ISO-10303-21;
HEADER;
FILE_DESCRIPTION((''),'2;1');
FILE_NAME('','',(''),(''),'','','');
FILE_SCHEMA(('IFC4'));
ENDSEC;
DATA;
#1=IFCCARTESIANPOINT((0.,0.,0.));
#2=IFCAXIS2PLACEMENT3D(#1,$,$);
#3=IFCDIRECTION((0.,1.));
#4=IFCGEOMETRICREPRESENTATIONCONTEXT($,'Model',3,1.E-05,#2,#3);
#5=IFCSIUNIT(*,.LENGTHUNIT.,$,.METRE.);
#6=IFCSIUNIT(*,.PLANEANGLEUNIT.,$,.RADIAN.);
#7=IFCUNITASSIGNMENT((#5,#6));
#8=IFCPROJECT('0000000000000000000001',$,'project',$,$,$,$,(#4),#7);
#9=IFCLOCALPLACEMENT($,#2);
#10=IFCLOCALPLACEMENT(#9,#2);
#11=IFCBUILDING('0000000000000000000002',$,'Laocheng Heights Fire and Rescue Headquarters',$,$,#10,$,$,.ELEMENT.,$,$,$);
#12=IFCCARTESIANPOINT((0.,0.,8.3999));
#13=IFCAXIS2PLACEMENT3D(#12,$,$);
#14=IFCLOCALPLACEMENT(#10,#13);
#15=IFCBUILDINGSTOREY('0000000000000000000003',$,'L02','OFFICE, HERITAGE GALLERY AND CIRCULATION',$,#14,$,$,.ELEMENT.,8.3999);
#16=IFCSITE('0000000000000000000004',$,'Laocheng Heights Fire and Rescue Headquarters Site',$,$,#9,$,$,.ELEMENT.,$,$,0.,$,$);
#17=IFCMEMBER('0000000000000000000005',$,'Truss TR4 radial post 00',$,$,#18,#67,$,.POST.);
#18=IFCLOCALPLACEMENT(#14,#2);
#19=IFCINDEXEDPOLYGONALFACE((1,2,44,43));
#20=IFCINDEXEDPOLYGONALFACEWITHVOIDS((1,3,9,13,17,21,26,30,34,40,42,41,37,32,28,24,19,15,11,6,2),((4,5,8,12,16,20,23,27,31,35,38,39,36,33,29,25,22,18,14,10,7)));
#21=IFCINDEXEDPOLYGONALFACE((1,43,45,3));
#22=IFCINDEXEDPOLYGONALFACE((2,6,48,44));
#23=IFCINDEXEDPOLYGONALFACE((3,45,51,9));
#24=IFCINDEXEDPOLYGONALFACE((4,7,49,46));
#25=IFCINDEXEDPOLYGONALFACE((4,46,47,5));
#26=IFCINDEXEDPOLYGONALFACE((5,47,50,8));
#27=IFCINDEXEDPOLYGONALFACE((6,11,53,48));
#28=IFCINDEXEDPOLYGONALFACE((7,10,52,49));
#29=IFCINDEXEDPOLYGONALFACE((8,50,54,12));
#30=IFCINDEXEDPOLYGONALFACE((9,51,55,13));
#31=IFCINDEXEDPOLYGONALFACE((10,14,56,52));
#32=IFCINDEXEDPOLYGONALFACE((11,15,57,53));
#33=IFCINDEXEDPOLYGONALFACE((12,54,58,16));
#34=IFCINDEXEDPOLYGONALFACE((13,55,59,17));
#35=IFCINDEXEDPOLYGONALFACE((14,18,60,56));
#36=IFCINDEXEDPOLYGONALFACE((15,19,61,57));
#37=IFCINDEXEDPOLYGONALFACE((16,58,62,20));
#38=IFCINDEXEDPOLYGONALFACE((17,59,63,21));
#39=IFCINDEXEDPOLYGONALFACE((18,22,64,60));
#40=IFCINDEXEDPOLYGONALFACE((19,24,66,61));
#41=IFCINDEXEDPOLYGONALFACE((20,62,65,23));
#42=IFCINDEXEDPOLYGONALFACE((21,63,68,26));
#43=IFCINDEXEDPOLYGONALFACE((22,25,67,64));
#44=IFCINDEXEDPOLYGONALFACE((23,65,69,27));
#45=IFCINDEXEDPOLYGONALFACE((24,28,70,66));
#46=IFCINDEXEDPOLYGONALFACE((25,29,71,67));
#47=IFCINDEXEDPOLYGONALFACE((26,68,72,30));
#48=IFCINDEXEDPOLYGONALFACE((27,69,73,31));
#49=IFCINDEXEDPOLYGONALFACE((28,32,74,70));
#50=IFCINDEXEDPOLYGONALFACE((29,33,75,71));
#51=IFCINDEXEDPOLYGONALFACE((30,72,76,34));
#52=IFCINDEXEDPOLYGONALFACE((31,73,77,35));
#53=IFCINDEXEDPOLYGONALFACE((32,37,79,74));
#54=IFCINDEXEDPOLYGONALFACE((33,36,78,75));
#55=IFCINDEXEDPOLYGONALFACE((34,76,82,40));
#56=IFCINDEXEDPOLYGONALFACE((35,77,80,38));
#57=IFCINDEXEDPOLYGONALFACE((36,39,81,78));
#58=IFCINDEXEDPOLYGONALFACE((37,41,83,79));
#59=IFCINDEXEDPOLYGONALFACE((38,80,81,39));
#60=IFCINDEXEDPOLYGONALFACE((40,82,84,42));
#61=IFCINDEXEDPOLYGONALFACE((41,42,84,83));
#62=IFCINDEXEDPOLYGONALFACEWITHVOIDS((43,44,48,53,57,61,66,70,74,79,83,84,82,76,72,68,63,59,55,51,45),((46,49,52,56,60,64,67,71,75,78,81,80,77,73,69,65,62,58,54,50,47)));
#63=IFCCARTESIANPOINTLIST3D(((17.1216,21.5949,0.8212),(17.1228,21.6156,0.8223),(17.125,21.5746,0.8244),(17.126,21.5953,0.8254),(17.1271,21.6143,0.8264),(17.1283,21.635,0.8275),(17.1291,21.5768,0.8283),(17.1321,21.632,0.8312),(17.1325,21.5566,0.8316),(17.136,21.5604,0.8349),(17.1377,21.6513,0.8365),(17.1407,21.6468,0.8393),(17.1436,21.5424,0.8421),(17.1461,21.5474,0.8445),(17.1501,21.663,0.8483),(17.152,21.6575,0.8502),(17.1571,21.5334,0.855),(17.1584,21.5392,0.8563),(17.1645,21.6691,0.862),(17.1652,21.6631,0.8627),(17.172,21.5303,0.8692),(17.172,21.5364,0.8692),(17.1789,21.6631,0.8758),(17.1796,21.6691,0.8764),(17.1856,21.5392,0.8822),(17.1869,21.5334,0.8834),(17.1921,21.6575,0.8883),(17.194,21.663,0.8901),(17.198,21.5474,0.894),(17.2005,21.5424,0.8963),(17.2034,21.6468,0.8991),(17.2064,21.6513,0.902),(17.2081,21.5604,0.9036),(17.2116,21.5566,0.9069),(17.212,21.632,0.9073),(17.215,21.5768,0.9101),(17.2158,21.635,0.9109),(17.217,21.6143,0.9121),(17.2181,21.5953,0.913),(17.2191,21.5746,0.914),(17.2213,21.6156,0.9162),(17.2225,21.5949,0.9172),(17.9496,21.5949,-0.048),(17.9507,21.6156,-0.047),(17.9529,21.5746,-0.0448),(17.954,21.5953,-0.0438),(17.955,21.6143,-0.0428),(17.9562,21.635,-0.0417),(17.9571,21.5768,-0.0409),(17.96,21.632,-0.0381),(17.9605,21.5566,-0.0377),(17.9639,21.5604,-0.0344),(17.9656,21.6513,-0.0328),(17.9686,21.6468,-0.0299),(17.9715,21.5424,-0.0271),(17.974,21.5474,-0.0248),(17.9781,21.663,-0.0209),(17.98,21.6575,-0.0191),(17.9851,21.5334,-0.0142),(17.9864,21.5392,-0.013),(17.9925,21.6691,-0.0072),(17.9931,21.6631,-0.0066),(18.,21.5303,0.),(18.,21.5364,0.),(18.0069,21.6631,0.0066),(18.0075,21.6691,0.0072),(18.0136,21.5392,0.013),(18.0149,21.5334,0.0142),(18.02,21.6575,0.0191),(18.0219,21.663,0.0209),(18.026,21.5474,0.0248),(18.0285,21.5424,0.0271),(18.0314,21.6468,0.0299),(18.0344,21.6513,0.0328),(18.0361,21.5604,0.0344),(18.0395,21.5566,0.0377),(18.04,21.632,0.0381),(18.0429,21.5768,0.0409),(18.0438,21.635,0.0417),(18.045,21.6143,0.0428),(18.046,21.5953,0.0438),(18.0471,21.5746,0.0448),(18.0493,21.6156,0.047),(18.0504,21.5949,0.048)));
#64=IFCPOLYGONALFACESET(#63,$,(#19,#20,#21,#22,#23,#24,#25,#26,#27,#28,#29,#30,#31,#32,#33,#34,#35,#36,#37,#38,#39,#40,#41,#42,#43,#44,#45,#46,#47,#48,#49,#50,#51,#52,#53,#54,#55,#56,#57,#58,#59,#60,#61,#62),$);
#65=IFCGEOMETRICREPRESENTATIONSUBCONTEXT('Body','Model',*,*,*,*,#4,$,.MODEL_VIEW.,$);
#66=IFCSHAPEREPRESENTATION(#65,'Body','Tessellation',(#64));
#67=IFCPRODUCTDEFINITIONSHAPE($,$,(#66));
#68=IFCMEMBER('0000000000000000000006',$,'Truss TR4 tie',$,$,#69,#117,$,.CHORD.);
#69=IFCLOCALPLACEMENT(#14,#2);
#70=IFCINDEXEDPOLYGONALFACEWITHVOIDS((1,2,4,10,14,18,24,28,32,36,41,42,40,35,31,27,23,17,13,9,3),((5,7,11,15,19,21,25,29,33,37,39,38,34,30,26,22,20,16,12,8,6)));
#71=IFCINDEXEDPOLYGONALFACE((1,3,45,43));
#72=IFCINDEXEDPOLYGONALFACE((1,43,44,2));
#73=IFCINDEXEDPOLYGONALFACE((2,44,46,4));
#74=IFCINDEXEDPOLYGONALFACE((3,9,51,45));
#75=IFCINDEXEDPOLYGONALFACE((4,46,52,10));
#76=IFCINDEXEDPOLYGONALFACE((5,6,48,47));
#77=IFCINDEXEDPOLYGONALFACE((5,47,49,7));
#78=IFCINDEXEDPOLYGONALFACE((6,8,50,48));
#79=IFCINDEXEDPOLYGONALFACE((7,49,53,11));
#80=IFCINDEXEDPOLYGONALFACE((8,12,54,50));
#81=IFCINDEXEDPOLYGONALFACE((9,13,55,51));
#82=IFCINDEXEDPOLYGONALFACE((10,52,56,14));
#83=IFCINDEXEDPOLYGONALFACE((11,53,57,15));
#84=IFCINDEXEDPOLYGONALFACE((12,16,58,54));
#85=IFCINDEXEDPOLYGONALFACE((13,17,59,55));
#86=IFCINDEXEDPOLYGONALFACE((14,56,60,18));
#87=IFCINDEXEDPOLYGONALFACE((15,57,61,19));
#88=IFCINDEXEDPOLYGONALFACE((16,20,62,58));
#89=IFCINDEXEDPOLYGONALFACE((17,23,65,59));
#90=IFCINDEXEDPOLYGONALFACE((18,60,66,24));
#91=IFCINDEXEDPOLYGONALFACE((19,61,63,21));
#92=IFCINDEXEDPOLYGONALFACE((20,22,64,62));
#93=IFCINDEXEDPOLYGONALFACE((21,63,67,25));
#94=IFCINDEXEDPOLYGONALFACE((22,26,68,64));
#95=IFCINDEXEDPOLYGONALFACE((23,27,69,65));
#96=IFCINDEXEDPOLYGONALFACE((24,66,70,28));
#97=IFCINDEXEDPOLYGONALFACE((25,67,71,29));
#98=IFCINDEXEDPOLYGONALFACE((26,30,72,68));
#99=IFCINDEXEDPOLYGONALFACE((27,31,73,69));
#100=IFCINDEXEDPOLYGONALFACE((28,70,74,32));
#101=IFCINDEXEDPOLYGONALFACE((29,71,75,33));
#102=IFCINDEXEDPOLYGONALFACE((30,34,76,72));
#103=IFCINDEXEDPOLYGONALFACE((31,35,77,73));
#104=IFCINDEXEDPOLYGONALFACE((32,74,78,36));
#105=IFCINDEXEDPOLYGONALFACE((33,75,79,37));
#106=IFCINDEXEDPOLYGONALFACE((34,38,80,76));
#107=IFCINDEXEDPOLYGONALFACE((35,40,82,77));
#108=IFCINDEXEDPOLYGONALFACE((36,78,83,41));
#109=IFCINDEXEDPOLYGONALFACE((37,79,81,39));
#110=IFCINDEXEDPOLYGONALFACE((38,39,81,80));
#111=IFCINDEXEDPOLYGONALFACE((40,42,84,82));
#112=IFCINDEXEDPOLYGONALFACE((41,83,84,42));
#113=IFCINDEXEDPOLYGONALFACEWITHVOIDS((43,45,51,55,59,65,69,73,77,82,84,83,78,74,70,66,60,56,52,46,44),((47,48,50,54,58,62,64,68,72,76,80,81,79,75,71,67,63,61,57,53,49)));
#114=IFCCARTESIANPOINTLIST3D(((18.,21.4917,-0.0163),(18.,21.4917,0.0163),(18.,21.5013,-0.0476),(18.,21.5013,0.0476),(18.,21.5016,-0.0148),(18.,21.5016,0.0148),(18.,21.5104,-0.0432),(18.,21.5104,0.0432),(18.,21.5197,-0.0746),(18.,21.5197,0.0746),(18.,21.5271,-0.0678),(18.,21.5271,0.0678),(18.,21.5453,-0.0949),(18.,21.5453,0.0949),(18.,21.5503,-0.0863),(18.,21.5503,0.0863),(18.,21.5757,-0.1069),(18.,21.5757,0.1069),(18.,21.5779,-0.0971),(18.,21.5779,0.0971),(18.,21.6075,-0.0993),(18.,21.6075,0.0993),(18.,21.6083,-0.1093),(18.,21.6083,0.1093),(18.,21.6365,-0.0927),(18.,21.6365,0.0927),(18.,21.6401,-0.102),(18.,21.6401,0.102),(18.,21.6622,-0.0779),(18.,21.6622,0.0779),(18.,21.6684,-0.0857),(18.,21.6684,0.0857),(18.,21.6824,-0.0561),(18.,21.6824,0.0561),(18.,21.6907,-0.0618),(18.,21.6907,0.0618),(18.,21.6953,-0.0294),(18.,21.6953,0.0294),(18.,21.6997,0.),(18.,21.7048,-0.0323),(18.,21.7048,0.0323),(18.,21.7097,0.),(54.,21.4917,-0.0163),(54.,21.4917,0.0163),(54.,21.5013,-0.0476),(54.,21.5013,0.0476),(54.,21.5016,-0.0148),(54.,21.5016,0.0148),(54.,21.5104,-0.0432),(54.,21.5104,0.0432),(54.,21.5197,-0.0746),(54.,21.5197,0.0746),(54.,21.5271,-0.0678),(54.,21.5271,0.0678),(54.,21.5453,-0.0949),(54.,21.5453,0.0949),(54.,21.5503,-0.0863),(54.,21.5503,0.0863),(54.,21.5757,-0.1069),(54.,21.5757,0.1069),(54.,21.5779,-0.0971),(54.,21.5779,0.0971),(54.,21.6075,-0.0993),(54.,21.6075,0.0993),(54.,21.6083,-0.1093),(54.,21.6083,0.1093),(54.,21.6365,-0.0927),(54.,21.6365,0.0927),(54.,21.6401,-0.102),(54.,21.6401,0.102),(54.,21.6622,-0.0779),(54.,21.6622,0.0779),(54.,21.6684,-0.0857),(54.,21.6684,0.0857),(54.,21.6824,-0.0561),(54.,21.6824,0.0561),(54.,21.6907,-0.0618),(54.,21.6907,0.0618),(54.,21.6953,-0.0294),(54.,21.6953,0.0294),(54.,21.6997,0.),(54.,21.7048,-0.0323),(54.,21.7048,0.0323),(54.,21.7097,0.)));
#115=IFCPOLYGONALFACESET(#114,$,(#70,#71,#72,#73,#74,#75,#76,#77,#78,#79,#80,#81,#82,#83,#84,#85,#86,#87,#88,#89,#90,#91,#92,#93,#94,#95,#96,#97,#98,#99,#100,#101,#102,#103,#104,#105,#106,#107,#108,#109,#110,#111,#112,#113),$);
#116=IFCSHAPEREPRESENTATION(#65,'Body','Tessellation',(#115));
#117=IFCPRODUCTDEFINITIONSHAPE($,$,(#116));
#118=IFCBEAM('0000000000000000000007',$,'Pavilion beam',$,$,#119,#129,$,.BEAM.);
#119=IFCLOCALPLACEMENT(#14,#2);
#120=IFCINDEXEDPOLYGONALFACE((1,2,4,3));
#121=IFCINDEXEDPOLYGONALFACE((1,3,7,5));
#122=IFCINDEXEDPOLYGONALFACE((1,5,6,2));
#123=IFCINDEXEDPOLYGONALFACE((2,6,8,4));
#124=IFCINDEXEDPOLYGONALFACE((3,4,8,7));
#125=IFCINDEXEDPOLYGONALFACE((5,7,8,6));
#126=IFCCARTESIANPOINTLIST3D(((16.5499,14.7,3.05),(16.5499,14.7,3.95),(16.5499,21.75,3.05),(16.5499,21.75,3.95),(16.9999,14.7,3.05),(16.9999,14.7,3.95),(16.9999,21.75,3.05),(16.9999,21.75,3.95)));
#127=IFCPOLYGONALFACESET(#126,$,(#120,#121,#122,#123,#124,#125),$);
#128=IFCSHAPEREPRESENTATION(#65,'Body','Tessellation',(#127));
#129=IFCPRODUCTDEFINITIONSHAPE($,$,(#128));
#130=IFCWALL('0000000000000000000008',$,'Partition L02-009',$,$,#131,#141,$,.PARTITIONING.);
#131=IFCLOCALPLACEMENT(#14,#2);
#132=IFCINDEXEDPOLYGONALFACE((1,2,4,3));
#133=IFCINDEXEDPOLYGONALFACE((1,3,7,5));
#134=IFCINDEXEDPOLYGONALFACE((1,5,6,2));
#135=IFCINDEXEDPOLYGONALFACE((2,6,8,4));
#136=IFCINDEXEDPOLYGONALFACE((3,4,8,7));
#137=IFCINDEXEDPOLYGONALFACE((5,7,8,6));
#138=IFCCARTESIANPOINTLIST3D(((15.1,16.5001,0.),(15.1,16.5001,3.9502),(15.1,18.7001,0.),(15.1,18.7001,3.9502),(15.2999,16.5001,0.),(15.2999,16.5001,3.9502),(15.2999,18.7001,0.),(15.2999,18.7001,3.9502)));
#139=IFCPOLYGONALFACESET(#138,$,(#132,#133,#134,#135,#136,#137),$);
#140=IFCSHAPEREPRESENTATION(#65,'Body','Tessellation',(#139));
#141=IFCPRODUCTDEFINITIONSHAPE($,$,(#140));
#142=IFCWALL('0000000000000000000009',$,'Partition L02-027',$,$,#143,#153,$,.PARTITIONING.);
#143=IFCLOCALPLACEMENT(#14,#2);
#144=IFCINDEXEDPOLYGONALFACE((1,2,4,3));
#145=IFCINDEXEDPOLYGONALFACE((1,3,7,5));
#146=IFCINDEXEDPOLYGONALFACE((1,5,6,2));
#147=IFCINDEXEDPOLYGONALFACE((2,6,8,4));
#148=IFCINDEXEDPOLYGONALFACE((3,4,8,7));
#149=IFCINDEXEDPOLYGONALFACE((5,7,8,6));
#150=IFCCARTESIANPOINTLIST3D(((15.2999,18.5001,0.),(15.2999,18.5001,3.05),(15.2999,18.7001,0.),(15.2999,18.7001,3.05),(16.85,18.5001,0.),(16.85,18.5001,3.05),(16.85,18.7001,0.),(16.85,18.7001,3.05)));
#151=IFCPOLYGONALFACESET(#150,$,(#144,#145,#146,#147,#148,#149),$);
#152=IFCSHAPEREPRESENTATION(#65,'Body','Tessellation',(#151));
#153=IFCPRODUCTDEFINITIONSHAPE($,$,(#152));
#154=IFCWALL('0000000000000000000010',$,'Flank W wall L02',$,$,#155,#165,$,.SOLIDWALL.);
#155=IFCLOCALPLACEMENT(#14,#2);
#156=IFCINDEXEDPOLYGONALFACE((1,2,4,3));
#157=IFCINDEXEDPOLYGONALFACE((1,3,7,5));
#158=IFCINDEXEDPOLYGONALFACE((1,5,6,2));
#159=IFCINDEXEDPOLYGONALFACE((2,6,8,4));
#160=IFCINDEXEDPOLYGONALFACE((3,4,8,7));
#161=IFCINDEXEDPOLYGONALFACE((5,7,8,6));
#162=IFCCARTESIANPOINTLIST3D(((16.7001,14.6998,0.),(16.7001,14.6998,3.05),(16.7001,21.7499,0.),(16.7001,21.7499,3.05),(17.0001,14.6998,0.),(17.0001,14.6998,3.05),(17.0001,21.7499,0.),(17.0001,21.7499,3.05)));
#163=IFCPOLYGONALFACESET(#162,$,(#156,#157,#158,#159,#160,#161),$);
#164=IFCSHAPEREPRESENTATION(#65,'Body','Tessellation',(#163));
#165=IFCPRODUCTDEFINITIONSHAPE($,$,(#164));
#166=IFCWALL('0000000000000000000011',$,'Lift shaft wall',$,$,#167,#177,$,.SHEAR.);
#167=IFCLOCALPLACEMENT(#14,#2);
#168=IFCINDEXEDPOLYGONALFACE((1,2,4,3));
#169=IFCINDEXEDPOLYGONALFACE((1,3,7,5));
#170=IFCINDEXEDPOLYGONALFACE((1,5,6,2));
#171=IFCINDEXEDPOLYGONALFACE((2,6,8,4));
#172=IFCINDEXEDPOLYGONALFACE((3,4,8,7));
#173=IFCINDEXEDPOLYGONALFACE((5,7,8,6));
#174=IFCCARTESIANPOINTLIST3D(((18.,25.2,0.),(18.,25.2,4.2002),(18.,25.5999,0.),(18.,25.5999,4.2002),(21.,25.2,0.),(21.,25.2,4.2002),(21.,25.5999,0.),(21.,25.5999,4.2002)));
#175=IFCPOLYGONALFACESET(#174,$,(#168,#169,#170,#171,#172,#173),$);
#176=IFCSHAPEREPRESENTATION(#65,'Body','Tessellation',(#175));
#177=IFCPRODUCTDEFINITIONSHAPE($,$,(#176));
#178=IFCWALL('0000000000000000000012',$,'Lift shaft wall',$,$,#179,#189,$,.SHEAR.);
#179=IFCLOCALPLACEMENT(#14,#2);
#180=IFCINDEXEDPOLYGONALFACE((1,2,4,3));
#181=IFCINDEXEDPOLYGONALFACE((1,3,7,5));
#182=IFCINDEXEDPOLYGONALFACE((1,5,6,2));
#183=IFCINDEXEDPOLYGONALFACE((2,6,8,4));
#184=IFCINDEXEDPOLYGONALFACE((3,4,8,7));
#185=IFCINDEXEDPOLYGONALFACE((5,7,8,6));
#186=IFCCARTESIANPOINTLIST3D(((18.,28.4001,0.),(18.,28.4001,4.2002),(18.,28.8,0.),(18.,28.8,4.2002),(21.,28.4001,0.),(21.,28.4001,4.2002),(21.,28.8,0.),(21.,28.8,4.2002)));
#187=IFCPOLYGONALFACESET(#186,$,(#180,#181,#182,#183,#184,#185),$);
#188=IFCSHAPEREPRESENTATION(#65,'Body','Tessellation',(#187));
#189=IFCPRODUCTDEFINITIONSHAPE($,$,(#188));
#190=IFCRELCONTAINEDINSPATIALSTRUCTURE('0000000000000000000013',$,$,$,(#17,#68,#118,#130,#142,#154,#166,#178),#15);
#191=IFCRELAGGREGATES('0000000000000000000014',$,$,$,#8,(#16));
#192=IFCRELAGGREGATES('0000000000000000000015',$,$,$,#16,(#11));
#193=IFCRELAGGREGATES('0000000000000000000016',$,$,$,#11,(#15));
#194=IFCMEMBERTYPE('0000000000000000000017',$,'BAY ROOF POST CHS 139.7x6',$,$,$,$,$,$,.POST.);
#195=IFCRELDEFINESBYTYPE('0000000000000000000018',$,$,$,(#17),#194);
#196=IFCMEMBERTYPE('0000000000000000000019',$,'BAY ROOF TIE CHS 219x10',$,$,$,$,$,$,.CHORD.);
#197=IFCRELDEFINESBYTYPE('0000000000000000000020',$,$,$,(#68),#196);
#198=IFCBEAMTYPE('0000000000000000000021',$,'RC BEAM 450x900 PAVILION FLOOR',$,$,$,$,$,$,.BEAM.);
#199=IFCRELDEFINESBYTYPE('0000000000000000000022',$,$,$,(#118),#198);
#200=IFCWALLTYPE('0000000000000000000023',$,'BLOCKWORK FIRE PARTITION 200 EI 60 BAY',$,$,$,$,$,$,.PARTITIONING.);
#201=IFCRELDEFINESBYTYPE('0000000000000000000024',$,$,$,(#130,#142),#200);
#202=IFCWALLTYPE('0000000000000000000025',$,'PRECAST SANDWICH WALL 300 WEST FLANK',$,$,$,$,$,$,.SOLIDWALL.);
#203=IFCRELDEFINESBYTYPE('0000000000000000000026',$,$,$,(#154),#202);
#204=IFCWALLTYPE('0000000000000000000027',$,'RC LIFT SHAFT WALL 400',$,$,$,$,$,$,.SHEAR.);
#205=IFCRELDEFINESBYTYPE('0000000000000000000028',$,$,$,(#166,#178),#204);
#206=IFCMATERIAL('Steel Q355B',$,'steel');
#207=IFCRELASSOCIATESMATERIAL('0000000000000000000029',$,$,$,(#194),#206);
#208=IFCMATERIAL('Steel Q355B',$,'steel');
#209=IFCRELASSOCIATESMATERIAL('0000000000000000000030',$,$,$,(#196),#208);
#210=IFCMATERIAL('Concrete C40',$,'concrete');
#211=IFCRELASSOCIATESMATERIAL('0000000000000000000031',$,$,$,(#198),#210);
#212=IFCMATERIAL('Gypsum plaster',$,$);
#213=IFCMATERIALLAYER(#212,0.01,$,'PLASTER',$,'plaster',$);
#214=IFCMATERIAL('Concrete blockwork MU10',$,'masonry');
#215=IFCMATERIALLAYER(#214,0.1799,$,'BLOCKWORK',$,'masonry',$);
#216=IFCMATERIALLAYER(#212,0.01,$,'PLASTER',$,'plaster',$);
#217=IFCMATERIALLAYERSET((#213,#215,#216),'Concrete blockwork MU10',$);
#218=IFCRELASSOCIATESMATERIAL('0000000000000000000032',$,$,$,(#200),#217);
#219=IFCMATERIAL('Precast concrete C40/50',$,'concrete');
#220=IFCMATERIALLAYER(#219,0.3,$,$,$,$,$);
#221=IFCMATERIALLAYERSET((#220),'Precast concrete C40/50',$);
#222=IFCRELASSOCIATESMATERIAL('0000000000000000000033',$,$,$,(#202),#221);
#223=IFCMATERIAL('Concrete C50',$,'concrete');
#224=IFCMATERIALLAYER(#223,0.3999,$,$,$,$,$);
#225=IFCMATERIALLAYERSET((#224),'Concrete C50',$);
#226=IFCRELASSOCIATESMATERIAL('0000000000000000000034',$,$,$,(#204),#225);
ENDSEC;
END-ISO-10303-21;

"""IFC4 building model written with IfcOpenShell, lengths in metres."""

from ifc_helpers import new_model, si_unit, direction, frame, frame_2d, origin, origin_2d, place, context, subcontext, project, spatial, rectangle, hollow_circle, extrude, material, layer, layer_set, material_profile, profile_set, type_object, element, save


model = new_model("IFC4")

# Units and contexts
model_context = context("Model", 3, precision=1e-05, world=origin(), true_north=direction((0.0, 1.0)))
body_context = subcontext(model_context, "Body", "Model", "MODEL_VIEW")
ifc_project = project(units=[si_unit("LENGTHUNIT", "METRE"), si_unit("PLANEANGLEUNIT", "RADIAN")], contexts=[model_context])

# Site, building, storey
site_placement = place(None, origin())
site = spatial("IfcSite", under=ifc_project, at=site_placement, Name="Laocheng Heights Fire and Rescue Headquarters Site", CompositionType="ELEMENT", RefElevation=0.0)
building_placement = place(site_placement, origin())
building = spatial("IfcBuilding", under=site, at=building_placement, Name="Laocheng Heights Fire and Rescue Headquarters", CompositionType="ELEMENT")
storey_placement = place(building_placement, frame((0.0, 0.0, 8.3999)))
storey = spatial("IfcBuildingStorey", under=building, at=storey_placement, Name="L02", Description="OFFICE, HERITAGE GALLERY AND CIRCULATION", CompositionType="ELEMENT", Elevation=8.3999)

# Members
ifc_material_1 = material(Name="Steel Q355B", Category="steel")
ifc_material_profile_1 = material_profile(ifc_material_1, hollow_circle(Radius=0.0698, WallThickness=0.0061, at=origin_2d()), Name="CHS 139.7x6")
ifc_profile_set_1 = profile_set([ifc_material_profile_1], Name="Steel Q355B")
member_type_1 = type_object("IfcMemberType", Name="BAY ROOF POST CHS 139.7x6", PredefinedType="POST", material=ifc_profile_set_1)
for number, where, z_axis, x_axis, name in (
    (1, (18.0, 21.6001, 0.0), (-0.689711, 0.0, 0.724085), (0.0, -1.0, 0.0), "Truss TR4 radial post 00"),
):
    element("IfcMember", number, at=place(storey_placement, frame(where, z_axis=z_axis, x_axis=x_axis)), inside=storey, type_object=member_type_1, Name=name, PredefinedType="POST", context=body_context, shape_type="SweptSolid", body=[
        extrude(hollow_circle(Radius=0.0698, WallThickness=0.0061, at=origin_2d()), origin(), (0.0, 0.0, 1.0), 1.2004),
    ])
ifc_material_2 = material(Name="Steel Q355B", Category="steel")
ifc_material_profile_2 = material_profile(ifc_material_2, hollow_circle(Radius=0.1096, WallThickness=0.01, at=origin_2d()), Name="CHS 219x10")
ifc_profile_set_2 = profile_set([ifc_material_profile_2], Name="Steel Q355B")
member_type_2 = type_object("IfcMemberType", Name="BAY ROOF TIE CHS 219x10", PredefinedType="CHORD", material=ifc_profile_set_2)
member_1_placement = place(storey_placement, frame((18.0, 21.6001, 0.0), z_axis=(1.0, 0.0, 0.0), x_axis=(0.0, 1.0, 0.0)))
element("IfcMember", 2, at=member_1_placement, inside=storey, type_object=member_type_2, Name="Truss TR4 tie", PredefinedType="CHORD", context=body_context, shape_type="SweptSolid", body=[
    extrude(hollow_circle(Radius=0.1096, WallThickness=0.01, at=origin_2d()), origin(), (0.0, 0.0, 1.0), 36.0),
])

# Beam
ifc_material_3 = material(Name="Concrete C40", Category="concrete")
ifc_material_profile_3 = material_profile(ifc_material_3, rectangle(XDim=0.45, YDim=0.8999, at=origin_2d()), Name="RC BEAM 450x900 PAVILION FLOOR")
ifc_profile_set_3 = profile_set([ifc_material_profile_3], Name="Concrete C40")
beam_type = type_object("IfcBeamType", Name="RC BEAM 450x900 PAVILION FLOOR", PredefinedType="BEAM", material=ifc_profile_set_3)
beam_placement = place(storey_placement, frame((16.7749, 14.7, 3.5), z_axis=(0.0, 1.0, 0.0), x_axis=(-1.0, 0.0, 0.0)))
element("IfcBeam", 3, at=beam_placement, inside=storey, type_object=beam_type, Name="Pavilion beam", PredefinedType="BEAM", context=body_context, shape_type="SweptSolid", body=[
    extrude(rectangle(XDim=0.45, YDim=0.8999, at=origin_2d()), origin(), (0.0, 0.0, 1.0), 7.05),
])

# Walls
ifc_material_4 = material(Name="Gypsum plaster")
ifc_layer_1 = layer(ifc_material_4, 0.01, Name="PLASTER", Category="plaster")
ifc_material_5 = material(Name="Concrete blockwork MU10", Category="masonry")
ifc_layer_2 = layer(ifc_material_5, 0.1799, Name="BLOCKWORK", Category="masonry")
ifc_layer_3 = layer(ifc_material_4, 0.01, Name="PLASTER", Category="plaster")
ifc_layer_set_1 = layer_set([ifc_layer_1, ifc_layer_2, ifc_layer_3], Name="Concrete blockwork MU10")
wall_type_1 = type_object("IfcWallType", Name="BLOCKWORK FIRE PARTITION 200 EI 60 BAY", PredefinedType="PARTITIONING", material=ifc_layer_set_1)
wall_1_placement = place(storey_placement, frame((15.2, 16.5, 0.0), z_axis=(0.0, 0.0, 1.0), x_axis=(0.0, 1.0, 0.0)))
element("IfcWall", 4, at=wall_1_placement, inside=storey, type_object=wall_type_1, Name="Partition L02-009", PredefinedType="PARTITIONING", context=body_context, shape_type="SweptSolid", body=[
    extrude(rectangle(XDim=2.2, YDim=0.2, at=frame_2d((1.1001, 0.0))), origin(), (0.0, 0.0, 1.0), 3.9502),
])
wall_2_placement = place(storey_placement, frame((15.3, 18.6001, 0.0), z_axis=(0.0, 0.0, 1.0), x_axis=(1.0, 0.0, 0.0)))
element("IfcWall", 5, at=wall_2_placement, inside=storey, type_object=wall_type_1, Name="Partition L02-027", PredefinedType="PARTITIONING", context=body_context, shape_type="SweptSolid", body=[
    extrude(rectangle(XDim=1.55, YDim=0.2, at=frame_2d((0.7749, 0.0))), origin(), (0.0, 0.0, 1.0), 3.05),
])
ifc_material_6 = material(Name="Precast concrete C40/50", Category="concrete")
ifc_layer_4 = layer(ifc_material_6, 0.3)
ifc_layer_set_2 = layer_set([ifc_layer_4], Name="Precast concrete C40/50")
wall_type_2 = type_object("IfcWallType", Name="PRECAST SANDWICH WALL 300 WEST FLANK", PredefinedType="SOLIDWALL", material=ifc_layer_set_2)
wall_3_placement = place(storey_placement, frame((16.8501, 14.7, 0.0), z_axis=(0.0, 0.0, 1.0), x_axis=(0.0, 1.0, 0.0)))
element("IfcWall", 6, at=wall_3_placement, inside=storey, type_object=wall_type_2, Name="Flank W wall L02", PredefinedType="SOLIDWALL", context=body_context, shape_type="SweptSolid", body=[
    extrude(rectangle(XDim=7.05, YDim=0.3, at=frame_2d((3.5249, 0.0))), origin(), (0.0, 0.0, 1.0), 3.05),
])
ifc_material_7 = material(Name="Concrete C50", Category="concrete")
ifc_layer_5 = layer(ifc_material_7, 0.3999)
ifc_layer_set_3 = layer_set([ifc_layer_5], Name="Concrete C50")
wall_type_3 = type_object("IfcWallType", Name="RC LIFT SHAFT WALL 400", PredefinedType="SHEAR", material=ifc_layer_set_3)
for number, where, z_axis, x_axis, name in (
    (7, (18.0, 25.3999, 0.0), (0.0, 0.0, 1.0), (1.0, 0.0, 0.0), "Lift shaft wall"),
    (8, (18.0, 28.6001, 0.0), (0.0, 0.0, 1.0), (1.0, 0.0, 0.0), "Lift shaft wall"),
):
    element("IfcWall", number, at=place(storey_placement, frame(where, z_axis=z_axis, x_axis=x_axis)), inside=storey, type_object=wall_type_3, Name=name, PredefinedType="SHEAR", context=body_context, shape_type="SweptSolid", body=[
        extrude(rectangle(XDim=3.0, YDim=0.3999, at=frame_2d((1.5, 0.0))), origin(), (0.0, 0.0, 1.0), 4.2002),
    ])

save(model, "model.ifc")
